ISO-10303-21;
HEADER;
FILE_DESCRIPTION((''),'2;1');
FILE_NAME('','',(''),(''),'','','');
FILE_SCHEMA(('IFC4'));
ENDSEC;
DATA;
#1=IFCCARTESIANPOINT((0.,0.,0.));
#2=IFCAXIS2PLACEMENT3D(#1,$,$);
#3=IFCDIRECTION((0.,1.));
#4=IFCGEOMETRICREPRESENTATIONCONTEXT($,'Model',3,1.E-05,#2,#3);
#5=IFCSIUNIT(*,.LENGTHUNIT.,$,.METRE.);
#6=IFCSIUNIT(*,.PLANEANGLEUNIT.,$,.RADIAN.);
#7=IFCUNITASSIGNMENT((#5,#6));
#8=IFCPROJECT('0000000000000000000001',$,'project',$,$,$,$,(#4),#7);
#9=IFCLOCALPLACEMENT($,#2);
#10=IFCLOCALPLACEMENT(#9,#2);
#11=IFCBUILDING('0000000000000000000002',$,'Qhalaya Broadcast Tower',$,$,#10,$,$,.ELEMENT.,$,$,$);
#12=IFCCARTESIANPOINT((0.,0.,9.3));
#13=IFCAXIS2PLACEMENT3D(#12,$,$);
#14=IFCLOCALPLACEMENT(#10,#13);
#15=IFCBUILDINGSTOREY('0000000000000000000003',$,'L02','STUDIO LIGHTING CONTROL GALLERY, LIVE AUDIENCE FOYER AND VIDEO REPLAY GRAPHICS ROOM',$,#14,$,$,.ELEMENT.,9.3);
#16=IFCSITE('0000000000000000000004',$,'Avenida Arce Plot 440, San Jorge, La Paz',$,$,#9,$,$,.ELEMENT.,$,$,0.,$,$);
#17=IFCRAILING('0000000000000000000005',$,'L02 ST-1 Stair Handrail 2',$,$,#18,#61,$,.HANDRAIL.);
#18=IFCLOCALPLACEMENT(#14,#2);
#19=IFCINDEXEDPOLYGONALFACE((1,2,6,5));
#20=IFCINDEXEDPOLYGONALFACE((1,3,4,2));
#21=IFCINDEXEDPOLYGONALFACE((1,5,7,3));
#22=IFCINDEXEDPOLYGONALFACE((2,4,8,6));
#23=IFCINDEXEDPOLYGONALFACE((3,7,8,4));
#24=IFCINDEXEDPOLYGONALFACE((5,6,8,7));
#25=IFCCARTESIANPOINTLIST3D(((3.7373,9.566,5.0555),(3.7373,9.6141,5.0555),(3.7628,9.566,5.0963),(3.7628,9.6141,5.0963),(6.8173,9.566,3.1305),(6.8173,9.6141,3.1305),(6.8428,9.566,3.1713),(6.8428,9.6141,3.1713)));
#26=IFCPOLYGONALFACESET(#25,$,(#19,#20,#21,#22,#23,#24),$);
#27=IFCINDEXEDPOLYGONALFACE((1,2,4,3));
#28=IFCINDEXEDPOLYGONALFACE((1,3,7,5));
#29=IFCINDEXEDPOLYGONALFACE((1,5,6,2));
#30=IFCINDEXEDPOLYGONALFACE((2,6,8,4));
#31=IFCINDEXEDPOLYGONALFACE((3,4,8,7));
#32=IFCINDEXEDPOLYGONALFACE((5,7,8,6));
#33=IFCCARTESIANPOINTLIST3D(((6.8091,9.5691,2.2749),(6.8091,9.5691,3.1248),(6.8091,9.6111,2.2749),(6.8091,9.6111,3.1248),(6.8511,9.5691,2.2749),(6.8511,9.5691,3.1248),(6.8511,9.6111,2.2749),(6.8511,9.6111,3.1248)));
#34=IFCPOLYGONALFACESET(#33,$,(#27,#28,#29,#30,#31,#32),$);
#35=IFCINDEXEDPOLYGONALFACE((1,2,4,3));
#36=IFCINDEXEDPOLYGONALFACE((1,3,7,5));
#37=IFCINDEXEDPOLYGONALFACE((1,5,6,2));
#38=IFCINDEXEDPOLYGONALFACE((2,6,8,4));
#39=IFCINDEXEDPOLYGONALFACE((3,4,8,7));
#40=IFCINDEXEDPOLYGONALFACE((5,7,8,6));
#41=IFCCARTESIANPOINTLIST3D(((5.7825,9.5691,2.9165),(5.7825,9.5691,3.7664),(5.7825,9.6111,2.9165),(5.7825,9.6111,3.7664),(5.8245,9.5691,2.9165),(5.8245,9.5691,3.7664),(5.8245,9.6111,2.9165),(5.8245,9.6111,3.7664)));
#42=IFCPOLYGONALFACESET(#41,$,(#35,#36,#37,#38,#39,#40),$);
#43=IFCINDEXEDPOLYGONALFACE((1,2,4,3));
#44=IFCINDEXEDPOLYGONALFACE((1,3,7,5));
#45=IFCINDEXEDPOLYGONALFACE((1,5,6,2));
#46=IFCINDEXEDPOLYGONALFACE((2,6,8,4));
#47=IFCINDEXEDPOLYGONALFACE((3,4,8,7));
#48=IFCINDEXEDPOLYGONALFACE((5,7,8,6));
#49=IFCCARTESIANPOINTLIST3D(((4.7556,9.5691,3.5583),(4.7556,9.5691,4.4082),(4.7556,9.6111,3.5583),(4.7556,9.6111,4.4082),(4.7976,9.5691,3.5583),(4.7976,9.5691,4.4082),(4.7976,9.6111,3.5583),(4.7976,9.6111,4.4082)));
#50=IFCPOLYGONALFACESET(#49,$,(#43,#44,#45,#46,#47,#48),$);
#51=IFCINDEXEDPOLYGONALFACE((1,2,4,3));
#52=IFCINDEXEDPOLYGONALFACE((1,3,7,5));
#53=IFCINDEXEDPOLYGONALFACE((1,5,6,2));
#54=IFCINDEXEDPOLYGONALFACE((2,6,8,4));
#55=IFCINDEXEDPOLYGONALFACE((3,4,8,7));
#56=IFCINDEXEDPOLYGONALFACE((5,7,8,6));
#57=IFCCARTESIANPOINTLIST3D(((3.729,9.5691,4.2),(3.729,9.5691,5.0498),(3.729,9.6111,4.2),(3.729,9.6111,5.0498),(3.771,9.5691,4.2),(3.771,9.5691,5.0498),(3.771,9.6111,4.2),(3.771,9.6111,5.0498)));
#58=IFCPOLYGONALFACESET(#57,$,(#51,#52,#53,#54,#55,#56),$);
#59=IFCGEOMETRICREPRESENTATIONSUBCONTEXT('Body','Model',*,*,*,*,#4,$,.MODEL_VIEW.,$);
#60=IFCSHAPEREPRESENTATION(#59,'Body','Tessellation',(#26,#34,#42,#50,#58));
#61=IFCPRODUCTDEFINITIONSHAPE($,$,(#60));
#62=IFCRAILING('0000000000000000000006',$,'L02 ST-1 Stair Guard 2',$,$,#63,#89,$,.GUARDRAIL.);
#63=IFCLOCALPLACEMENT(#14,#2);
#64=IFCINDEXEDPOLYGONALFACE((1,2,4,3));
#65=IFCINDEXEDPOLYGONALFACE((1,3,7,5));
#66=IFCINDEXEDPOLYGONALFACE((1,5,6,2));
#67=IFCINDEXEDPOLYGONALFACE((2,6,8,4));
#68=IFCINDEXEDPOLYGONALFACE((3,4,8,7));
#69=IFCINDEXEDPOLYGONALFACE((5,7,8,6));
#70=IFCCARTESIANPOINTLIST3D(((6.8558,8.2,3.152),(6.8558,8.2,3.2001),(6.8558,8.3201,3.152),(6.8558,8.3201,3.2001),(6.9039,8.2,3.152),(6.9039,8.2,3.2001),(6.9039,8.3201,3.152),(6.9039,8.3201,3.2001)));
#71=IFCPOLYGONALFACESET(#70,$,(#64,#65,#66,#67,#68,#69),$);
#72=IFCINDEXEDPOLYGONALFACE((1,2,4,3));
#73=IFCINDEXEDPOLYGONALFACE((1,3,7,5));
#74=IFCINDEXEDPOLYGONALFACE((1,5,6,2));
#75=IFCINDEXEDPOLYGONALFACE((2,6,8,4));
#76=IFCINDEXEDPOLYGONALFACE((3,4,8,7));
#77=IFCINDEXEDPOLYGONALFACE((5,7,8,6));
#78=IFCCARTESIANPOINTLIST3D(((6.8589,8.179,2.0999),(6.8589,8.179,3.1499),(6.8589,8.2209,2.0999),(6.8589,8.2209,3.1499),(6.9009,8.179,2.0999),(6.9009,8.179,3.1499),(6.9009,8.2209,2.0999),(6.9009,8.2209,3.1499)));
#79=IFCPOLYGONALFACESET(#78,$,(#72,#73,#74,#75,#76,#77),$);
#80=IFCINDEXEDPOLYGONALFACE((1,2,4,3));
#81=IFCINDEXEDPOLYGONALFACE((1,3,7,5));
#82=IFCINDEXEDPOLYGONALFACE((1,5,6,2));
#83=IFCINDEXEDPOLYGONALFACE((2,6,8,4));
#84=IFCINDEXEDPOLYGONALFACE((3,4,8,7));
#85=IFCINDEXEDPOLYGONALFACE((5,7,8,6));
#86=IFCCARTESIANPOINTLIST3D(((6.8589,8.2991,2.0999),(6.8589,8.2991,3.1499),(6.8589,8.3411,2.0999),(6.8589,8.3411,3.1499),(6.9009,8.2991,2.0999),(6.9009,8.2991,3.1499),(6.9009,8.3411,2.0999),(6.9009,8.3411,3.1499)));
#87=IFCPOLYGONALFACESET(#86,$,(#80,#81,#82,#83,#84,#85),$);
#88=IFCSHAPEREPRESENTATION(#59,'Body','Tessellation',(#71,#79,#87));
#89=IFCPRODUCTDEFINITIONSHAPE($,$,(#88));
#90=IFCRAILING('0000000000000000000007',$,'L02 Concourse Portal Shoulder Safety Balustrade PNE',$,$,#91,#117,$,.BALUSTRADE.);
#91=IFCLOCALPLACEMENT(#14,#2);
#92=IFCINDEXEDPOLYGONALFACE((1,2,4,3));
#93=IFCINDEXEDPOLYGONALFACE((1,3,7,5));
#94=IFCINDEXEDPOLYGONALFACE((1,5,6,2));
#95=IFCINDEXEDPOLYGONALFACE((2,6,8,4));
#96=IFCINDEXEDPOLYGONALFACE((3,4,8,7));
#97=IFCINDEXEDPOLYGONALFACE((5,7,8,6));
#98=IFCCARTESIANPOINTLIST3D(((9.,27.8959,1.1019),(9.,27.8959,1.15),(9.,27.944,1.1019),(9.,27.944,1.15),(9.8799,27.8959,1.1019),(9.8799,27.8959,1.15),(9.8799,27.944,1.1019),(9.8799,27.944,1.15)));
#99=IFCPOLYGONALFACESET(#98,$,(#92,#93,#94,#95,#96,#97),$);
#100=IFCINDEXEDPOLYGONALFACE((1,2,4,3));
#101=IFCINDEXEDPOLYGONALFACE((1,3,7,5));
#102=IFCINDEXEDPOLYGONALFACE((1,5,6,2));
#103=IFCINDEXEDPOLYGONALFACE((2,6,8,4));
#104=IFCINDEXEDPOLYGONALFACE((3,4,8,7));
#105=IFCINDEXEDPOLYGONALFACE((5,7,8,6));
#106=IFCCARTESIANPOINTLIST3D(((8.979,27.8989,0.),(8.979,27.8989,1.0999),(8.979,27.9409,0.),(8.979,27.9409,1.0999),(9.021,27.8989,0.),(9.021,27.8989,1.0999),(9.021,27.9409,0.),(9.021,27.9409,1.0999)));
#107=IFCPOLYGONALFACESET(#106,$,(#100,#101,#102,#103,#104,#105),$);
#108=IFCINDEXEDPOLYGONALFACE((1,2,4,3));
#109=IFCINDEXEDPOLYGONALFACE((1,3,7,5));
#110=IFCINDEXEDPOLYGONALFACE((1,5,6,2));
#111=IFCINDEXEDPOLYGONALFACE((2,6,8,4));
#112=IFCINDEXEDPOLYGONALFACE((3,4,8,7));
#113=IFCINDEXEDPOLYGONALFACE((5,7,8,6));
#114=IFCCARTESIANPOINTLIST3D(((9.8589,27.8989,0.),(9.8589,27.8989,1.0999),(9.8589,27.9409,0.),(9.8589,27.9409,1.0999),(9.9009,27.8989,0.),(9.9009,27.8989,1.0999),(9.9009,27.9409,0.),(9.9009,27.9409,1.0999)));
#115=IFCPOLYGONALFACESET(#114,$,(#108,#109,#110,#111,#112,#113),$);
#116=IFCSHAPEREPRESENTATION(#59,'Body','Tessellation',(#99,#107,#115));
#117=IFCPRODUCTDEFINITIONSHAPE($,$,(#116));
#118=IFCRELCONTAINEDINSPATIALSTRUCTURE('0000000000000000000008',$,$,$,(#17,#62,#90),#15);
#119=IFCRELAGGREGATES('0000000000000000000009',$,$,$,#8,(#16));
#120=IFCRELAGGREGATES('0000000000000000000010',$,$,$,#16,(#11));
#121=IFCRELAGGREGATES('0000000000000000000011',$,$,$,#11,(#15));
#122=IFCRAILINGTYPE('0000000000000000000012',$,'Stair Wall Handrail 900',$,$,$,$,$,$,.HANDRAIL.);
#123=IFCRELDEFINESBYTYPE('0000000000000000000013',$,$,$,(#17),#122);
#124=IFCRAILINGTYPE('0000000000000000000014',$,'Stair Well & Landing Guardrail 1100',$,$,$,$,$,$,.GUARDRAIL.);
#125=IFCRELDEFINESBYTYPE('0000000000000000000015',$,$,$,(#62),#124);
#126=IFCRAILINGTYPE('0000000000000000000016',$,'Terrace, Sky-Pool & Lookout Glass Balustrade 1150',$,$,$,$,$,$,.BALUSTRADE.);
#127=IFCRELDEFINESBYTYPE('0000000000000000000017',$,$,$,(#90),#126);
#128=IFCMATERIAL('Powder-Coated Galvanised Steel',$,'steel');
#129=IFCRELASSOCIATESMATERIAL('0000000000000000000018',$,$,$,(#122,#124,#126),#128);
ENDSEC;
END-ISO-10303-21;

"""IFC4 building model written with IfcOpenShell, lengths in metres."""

from ifc_helpers import new_model, si_unit, direction, frame, origin, origin_2d, place, context, subcontext, project, spatial, rectangle, extrude, material, type_object, element, save


model = new_model("IFC4")

# Units and contexts
model_context = context("Model", 3, precision=1e-05, world=origin(), true_north=direction((0.0, 1.0)))
body_context = subcontext(model_context, "Body", "Model", "MODEL_VIEW")
ifc_project = project(units=[si_unit("LENGTHUNIT", "METRE"), si_unit("PLANEANGLEUNIT", "RADIAN")], contexts=[model_context])

# Site, building, storey
site_placement = place(None, origin())
site = spatial("IfcSite", under=ifc_project, at=site_placement, Name="Avenida Arce Plot 440, San Jorge, La Paz", CompositionType="ELEMENT", RefElevation=0.0)
building_placement = place(site_placement, origin())
building = spatial("IfcBuilding", under=site, at=building_placement, Name="Qhalaya Broadcast Tower", CompositionType="ELEMENT")
storey_placement = place(building_placement, frame((0.0, 0.0, 9.3)))
storey = spatial("IfcBuildingStorey", under=building, at=storey_placement, Name="L02", Description="STUDIO LIGHTING CONTROL GALLERY, LIVE AUDIENCE FOYER AND VIDEO REPLAY GRAPHICS ROOM", CompositionType="ELEMENT", Elevation=9.3)

# Railings
ifc_material_1 = material(Name="Powder-Coated Galvanised Steel", Category="steel")
railing_type_1 = type_object("IfcRailingType", Name="Stair Wall Handrail 900", PredefinedType="HANDRAIL", material=ifc_material_1)
railing_1_placement = place(storey_placement, frame((6.8301, 9.5901, 2.2749)))
element("IfcRailing", 1, at=railing_1_placement, inside=storey, type_object=railing_type_1, Name="L02 ST-1 Stair Handrail 2", PredefinedType="HANDRAIL", context=body_context, shape_type="SweptSolid", body=[
    extrude(rectangle(XDim=0.0481, YDim=0.0481, at=origin_2d()), frame((0.0, 0.0, 0.876), z_axis=(-0.847998, 0.0, 0.529999), x_axis=(0.0, -1.0, 0.0)), (0.0, 0.0, 1.0), 3.6321),
    extrude(rectangle(XDim=0.042, YDim=0.042, at=origin_2d()), origin(), (0.0, 0.0, 1.0), 0.8499),
    extrude(rectangle(XDim=0.042, YDim=0.042, at=origin_2d()), frame((-1.0266, 0.0, 0.6416)), (0.0, 0.0, 1.0), 0.8499),
    extrude(rectangle(XDim=0.042, YDim=0.042, at=origin_2d()), frame((-2.0535, 0.0, 1.2834)), (0.0, 0.0, 1.0), 0.8499),
    extrude(rectangle(XDim=0.042, YDim=0.042, at=origin_2d()), frame((-3.0801, 0.0, 1.925)), (0.0, 0.0, 1.0), 0.8499),
])
railing_type_2 = type_object("IfcRailingType", Name="Stair Well & Landing Guardrail 1100", PredefinedType="GUARDRAIL", material=ifc_material_1)
railing_2_placement = place(storey_placement, frame((6.8799, 8.2, 2.0999)))
element("IfcRailing", 2, at=railing_2_placement, inside=storey, type_object=railing_type_2, Name="L02 ST-1 Stair Guard 2", PredefinedType="GUARDRAIL", context=body_context, shape_type="SweptSolid", body=[
    extrude(rectangle(XDim=0.0481, YDim=0.0481, at=origin_2d()), frame((0.0, 0.0, 1.0762), z_axis=(0.0, 1.0, 0.0), x_axis=(-1.0, 0.0, 0.0)), (0.0, 0.0, 1.0), 0.1201),
    extrude(rectangle(XDim=0.042, YDim=0.042, at=origin_2d()), origin(), (0.0, 0.0, 1.0), 1.05),
    extrude(rectangle(XDim=0.042, YDim=0.042, at=origin_2d()), frame((0.0, 0.1201, 0.0)), (0.0, 0.0, 1.0), 1.05),
])
railing_type_3 = type_object("IfcRailingType", Name="Terrace, Sky-Pool & Lookout Glass Balustrade 1150", PredefinedType="BALUSTRADE", material=ifc_material_1)
railing_3_placement = place(storey_placement, frame((9.0, 27.9199, 0.0)))
element("IfcRailing", 3, at=railing_3_placement, inside=storey, type_object=railing_type_3, Name="L02 Concourse Portal Shoulder Safety Balustrade PNE", PredefinedType="BALUSTRADE", context=body_context, shape_type="SweptSolid", body=[
    extrude(rectangle(XDim=0.0481, YDim=0.0481, at=origin_2d()), frame((0.0, 0.0, 1.126), z_axis=(1.0, 0.0, 0.0), x_axis=(0.0, 1.0, 0.0)), (0.0, 0.0, 1.0), 0.8799),
    extrude(rectangle(XDim=0.042, YDim=0.042, at=origin_2d()), origin(), (0.0, 0.0, 1.0), 1.0999),
    extrude(rectangle(XDim=0.042, YDim=0.042, at=origin_2d()), frame((0.8799, 0.0, 0.0)), (0.0, 0.0, 1.0), 1.0999),
])

save(model, "model.ifc")
